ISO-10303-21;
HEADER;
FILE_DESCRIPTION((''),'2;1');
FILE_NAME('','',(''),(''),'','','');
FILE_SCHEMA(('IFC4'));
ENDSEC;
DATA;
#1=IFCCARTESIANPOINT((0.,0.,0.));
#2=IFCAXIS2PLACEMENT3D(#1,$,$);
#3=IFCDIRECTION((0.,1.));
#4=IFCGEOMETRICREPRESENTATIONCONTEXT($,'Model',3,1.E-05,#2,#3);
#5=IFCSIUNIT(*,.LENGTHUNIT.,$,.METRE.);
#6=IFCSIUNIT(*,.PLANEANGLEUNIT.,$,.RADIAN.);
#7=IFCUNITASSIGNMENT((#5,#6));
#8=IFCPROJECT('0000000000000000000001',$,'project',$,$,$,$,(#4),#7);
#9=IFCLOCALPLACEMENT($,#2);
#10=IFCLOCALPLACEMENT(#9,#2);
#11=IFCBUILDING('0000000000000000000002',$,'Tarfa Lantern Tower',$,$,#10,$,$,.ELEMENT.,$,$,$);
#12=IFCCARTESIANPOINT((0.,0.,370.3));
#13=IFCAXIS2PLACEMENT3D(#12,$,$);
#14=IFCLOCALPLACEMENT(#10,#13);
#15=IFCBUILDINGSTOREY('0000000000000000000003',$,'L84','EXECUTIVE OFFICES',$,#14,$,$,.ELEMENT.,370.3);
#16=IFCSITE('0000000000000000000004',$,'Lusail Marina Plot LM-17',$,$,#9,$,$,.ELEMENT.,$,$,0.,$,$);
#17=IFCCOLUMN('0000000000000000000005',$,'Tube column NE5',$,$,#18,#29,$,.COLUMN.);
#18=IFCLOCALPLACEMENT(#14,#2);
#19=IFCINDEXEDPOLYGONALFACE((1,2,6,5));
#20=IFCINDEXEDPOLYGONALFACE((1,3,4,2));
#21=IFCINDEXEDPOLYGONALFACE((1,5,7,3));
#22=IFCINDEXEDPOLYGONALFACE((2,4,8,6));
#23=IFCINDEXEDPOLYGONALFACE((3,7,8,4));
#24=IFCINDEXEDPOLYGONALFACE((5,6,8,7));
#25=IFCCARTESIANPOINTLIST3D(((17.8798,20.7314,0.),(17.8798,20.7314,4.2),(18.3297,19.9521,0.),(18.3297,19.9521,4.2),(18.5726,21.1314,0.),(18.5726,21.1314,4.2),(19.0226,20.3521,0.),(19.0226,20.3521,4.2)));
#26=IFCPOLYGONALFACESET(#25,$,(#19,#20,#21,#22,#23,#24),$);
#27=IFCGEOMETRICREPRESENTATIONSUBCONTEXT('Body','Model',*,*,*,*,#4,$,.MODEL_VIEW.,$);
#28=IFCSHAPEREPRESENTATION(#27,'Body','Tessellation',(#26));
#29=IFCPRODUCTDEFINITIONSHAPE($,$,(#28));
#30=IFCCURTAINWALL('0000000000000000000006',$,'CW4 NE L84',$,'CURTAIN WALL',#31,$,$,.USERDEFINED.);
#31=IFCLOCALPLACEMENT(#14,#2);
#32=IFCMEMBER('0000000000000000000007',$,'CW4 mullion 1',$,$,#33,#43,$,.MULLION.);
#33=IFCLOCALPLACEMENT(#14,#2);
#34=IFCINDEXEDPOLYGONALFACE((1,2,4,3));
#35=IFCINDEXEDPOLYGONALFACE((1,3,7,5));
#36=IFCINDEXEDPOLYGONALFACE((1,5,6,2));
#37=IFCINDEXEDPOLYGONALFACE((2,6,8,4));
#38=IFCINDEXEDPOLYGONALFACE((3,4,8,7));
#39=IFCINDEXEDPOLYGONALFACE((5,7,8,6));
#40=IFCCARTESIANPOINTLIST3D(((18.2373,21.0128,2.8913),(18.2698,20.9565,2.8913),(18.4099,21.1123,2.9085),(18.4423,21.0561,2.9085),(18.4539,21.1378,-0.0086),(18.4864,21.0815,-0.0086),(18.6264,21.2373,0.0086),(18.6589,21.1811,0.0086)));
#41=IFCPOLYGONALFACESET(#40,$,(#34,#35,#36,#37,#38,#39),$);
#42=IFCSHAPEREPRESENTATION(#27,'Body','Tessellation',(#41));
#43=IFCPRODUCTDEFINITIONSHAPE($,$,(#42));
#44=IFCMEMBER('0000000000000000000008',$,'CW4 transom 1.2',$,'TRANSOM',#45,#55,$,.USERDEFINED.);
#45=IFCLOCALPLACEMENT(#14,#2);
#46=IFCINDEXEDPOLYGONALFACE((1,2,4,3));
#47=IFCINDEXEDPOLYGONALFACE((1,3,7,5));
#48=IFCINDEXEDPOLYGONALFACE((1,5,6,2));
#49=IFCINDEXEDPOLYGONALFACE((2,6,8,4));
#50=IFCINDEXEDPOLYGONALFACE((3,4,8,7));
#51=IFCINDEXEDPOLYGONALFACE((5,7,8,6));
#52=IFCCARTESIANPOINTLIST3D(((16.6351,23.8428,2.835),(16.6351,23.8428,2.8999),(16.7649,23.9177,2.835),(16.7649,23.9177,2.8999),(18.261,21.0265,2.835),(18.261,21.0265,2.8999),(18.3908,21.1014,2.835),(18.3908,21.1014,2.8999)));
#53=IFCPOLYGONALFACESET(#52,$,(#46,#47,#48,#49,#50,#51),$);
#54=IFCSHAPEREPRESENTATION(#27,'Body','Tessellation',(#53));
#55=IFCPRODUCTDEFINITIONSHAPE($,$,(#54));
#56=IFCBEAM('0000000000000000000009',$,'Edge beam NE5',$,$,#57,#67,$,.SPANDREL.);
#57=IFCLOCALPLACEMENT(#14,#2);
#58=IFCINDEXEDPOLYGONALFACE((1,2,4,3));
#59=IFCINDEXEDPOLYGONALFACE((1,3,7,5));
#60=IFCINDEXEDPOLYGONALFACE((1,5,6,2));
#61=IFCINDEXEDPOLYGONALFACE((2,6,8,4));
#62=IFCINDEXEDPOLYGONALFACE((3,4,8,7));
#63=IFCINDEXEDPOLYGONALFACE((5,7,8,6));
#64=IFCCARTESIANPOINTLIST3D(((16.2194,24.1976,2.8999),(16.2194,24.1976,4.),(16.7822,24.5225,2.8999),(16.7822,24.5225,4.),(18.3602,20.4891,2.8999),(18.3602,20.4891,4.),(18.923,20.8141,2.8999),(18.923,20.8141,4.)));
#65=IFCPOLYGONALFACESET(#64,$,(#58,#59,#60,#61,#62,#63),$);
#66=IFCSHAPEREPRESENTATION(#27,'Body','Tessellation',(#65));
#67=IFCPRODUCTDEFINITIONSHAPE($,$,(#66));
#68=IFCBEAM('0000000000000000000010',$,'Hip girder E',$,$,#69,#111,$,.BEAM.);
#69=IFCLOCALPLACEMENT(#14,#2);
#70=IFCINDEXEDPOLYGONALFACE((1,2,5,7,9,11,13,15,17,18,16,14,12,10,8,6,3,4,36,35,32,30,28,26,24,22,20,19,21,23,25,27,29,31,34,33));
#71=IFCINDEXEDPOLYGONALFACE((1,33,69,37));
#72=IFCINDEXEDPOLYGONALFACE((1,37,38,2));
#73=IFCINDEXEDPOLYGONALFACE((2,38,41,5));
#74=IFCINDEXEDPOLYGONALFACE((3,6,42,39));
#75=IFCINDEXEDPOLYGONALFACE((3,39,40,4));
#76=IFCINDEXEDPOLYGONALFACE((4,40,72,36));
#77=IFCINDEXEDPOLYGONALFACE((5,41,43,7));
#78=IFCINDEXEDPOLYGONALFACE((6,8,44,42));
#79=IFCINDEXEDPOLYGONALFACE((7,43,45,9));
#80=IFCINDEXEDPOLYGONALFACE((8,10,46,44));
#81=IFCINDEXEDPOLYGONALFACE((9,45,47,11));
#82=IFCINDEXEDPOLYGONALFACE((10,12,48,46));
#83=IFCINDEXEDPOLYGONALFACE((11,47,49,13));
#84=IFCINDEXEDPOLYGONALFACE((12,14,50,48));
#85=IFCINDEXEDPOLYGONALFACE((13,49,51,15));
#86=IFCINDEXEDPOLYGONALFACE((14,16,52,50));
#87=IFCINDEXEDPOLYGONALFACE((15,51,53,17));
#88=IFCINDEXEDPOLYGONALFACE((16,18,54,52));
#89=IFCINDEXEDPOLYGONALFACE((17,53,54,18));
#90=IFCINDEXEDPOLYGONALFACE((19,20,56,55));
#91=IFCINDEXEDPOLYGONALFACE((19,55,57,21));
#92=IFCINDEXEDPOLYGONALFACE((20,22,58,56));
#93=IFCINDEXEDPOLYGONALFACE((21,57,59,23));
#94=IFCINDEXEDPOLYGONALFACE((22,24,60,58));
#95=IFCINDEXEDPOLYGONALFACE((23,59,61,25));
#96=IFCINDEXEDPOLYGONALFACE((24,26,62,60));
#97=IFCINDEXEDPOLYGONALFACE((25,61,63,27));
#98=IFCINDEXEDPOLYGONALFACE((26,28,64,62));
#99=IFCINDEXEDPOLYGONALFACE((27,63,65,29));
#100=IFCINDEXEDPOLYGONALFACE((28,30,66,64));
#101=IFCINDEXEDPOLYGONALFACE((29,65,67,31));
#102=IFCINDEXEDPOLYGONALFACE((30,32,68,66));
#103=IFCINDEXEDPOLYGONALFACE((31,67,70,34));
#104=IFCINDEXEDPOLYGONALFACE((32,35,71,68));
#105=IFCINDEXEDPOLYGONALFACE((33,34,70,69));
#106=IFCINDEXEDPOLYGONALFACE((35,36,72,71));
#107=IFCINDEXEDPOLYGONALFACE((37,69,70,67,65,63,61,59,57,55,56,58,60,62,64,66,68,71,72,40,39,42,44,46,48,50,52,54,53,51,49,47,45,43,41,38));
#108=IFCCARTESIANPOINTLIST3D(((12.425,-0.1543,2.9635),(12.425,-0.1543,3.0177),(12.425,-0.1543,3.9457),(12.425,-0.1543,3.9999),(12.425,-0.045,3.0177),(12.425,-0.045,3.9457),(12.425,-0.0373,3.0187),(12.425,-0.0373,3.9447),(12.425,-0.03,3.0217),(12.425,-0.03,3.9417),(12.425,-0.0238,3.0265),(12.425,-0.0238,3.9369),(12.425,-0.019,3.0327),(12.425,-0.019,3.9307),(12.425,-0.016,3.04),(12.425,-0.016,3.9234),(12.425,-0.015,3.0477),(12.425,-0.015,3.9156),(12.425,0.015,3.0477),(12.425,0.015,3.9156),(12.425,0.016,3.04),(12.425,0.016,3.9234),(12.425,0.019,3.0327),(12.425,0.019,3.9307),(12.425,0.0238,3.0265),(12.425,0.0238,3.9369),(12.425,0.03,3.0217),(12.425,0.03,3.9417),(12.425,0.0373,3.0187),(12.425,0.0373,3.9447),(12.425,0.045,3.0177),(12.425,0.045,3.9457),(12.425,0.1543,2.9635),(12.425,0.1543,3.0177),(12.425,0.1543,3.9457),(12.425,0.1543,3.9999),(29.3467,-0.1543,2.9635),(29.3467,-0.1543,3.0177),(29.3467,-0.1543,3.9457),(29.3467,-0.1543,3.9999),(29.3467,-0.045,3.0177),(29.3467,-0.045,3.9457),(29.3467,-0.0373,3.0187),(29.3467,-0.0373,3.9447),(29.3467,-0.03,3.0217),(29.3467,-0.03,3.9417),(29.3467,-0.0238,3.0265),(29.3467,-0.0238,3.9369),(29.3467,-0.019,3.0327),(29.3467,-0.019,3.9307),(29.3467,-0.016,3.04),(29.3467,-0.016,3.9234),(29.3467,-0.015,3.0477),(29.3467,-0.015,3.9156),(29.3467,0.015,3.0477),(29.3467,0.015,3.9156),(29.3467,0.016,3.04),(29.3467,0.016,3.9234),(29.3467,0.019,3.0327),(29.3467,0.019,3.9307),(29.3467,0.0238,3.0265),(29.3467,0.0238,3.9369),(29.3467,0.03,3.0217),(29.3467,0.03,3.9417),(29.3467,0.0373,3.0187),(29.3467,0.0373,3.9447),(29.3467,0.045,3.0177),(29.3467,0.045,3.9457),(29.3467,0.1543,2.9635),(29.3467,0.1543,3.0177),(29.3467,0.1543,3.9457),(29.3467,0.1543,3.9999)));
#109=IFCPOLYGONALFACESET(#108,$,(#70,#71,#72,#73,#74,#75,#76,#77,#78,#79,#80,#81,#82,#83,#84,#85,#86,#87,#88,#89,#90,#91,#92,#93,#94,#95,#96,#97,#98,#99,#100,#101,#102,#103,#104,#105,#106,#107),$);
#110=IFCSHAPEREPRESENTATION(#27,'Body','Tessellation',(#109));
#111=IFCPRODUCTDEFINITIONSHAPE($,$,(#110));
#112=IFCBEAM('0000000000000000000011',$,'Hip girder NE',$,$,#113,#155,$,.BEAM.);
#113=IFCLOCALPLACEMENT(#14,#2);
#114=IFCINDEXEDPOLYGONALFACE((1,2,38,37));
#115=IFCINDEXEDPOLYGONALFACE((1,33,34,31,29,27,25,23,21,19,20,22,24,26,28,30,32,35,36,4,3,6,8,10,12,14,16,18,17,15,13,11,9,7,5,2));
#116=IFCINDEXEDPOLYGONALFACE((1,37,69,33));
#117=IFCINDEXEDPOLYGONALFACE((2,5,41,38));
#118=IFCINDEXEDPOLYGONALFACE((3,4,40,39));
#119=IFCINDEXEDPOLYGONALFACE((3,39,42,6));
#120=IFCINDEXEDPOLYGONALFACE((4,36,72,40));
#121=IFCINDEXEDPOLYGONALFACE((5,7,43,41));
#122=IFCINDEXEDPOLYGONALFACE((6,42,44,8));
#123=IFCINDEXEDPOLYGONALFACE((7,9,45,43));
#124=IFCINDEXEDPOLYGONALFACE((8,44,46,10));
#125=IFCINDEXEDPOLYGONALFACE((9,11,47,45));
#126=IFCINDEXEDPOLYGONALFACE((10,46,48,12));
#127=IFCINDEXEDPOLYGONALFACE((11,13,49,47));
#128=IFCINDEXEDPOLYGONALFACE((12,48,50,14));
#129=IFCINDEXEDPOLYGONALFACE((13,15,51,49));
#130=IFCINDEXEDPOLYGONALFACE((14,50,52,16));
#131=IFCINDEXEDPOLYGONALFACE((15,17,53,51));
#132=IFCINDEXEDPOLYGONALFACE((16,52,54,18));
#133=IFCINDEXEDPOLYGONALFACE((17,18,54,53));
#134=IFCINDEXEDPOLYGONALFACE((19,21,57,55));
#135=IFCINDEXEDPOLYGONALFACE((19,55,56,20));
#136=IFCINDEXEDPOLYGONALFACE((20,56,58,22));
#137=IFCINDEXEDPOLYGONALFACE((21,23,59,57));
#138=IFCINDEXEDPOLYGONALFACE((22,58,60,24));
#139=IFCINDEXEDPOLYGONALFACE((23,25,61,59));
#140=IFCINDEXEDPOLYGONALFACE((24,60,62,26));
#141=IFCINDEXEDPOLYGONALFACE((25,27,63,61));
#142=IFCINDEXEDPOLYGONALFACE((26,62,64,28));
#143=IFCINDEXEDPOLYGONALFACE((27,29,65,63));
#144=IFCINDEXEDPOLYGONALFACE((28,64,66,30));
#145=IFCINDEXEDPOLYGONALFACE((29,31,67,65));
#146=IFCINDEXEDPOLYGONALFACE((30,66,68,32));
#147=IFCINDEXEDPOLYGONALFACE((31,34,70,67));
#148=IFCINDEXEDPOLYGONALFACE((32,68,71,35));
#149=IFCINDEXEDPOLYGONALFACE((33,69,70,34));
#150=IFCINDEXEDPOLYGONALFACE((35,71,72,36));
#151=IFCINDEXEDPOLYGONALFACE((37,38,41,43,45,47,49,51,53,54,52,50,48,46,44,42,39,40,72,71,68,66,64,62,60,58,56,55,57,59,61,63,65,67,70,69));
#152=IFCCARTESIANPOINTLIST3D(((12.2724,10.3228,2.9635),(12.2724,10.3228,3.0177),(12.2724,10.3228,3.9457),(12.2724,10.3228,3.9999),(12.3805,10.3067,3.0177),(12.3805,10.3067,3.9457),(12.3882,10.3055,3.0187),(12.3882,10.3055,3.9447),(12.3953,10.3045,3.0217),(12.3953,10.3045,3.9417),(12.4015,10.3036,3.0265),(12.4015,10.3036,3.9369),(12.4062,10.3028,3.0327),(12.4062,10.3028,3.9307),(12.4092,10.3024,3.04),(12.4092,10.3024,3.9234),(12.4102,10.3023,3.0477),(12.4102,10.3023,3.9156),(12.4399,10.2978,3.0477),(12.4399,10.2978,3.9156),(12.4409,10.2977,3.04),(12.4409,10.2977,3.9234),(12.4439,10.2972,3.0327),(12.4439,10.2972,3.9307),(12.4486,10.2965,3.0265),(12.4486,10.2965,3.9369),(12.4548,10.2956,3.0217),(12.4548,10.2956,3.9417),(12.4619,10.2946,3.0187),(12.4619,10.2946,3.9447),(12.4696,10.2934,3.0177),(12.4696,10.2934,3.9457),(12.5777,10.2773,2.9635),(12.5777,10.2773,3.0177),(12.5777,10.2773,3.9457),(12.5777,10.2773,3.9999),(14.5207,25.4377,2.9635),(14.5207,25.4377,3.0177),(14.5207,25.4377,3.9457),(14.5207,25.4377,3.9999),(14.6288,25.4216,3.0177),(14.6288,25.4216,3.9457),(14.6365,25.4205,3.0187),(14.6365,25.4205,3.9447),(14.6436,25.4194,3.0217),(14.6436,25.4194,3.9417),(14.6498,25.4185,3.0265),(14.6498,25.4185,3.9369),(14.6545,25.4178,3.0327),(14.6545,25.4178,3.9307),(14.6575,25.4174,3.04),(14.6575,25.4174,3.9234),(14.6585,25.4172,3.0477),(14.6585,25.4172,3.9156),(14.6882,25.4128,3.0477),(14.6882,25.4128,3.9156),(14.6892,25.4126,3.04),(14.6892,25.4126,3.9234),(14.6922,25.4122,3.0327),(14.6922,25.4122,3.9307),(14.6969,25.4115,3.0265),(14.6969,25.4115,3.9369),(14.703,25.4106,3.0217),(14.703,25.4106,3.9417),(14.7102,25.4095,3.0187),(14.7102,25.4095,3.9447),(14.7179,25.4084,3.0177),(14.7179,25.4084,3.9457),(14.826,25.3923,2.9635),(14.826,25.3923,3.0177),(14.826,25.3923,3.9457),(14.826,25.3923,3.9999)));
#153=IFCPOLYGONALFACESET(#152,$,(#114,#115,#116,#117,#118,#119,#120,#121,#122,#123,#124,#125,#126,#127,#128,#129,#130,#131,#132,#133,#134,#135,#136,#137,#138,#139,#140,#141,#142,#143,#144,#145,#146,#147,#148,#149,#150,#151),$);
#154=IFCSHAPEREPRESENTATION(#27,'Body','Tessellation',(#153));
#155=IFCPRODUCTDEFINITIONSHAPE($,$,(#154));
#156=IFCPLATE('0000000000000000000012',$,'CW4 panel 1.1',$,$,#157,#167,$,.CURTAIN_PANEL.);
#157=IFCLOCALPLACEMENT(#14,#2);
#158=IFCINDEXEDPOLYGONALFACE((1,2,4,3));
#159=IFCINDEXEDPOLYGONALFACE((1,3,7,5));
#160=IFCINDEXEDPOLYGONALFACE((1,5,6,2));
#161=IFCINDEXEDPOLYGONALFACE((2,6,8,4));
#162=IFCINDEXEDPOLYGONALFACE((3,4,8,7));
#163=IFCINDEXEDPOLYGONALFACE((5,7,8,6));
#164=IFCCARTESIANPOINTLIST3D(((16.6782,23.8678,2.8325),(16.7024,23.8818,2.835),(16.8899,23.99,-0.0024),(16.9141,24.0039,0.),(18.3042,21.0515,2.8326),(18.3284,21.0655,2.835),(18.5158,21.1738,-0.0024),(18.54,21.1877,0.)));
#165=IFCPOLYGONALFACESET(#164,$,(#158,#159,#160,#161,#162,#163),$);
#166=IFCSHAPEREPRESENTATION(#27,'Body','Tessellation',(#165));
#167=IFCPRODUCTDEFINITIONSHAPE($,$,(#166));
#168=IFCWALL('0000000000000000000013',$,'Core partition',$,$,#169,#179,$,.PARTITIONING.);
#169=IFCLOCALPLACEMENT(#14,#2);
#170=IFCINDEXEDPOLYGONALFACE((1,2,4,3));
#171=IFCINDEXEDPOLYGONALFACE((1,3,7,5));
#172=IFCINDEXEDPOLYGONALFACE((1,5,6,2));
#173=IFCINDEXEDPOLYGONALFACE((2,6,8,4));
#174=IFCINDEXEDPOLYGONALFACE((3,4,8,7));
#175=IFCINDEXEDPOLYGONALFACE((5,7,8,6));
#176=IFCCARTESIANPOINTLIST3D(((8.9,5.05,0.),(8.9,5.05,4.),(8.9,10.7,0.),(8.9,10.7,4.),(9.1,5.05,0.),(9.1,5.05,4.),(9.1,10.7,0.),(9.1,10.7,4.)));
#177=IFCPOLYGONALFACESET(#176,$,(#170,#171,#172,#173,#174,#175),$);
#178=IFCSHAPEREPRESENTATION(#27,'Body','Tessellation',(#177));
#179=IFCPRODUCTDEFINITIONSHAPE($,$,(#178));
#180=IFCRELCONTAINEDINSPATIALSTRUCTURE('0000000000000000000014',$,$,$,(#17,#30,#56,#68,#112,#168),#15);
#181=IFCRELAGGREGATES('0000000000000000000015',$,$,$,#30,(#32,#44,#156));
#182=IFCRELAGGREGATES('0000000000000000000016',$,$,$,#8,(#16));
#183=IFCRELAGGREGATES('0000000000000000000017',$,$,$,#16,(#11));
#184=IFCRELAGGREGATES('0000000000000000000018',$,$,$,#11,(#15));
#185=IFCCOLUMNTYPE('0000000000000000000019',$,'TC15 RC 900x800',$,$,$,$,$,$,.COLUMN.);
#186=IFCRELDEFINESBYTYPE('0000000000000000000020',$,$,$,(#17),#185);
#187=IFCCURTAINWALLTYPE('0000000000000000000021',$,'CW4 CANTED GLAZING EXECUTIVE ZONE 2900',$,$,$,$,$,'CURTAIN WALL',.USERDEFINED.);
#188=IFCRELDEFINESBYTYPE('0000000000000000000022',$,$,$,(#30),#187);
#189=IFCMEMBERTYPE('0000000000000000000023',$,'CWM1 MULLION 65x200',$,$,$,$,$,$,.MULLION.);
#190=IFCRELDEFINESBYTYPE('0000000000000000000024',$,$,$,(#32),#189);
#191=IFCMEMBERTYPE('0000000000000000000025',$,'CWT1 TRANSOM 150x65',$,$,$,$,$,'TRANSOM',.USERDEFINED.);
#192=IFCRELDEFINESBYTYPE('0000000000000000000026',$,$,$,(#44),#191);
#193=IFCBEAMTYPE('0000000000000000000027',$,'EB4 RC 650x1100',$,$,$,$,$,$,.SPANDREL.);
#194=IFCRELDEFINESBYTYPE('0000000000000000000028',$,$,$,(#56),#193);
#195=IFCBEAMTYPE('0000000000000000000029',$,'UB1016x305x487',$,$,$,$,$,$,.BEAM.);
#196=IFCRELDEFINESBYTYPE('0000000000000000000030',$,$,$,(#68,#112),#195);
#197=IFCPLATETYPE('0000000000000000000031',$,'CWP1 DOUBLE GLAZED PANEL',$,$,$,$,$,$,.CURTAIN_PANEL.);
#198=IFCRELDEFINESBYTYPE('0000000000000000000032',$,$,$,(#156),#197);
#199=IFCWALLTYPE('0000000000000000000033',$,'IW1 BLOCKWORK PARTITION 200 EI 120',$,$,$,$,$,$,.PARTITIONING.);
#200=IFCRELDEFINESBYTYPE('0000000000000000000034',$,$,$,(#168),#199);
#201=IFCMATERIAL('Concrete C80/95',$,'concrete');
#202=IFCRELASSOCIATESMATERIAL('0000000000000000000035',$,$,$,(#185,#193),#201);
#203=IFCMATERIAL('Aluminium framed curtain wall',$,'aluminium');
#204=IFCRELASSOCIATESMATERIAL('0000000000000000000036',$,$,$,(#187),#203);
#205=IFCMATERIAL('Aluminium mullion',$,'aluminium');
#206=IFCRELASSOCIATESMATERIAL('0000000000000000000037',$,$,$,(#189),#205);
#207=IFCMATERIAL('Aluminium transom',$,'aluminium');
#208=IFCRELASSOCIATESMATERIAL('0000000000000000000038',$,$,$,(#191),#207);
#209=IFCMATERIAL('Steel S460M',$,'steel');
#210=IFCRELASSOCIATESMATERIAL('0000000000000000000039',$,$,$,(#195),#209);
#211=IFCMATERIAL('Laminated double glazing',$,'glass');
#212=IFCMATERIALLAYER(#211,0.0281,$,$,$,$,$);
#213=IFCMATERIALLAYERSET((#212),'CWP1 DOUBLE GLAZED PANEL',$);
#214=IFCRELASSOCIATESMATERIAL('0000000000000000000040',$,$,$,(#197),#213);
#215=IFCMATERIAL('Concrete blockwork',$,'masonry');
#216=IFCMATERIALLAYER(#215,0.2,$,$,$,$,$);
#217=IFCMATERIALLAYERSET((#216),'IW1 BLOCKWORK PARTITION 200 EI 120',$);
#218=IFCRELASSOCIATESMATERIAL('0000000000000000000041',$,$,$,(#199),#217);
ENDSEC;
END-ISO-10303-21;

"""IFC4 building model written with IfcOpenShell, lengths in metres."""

from ifc_helpers import new_model, si_unit, direction, frame, frame_2d, origin, origin_2d, place, context, subcontext, project, spatial, polyline, rectangle, i_section, outline, extrude, material, layer, layer_set, material_profile, profile_set, type_object, element, aggregate, save


model = new_model("IFC4")

# Units and contexts
model_context = context("Model", 3, precision=1e-05, world=origin(), true_north=direction((0.0, 1.0)))
body_context = subcontext(model_context, "Body", "Model", "MODEL_VIEW")
ifc_project = project(units=[si_unit("LENGTHUNIT", "METRE"), si_unit("PLANEANGLEUNIT", "RADIAN")], contexts=[model_context])

# Site, building, storey
site_placement = place(None, origin())
site = spatial("IfcSite", under=ifc_project, at=site_placement, Name="Lusail Marina Plot LM-17", CompositionType="ELEMENT", RefElevation=0.0)
building_placement = place(site_placement, origin())
building = spatial("IfcBuilding", under=site, at=building_placement, Name="Tarfa Lantern Tower", CompositionType="ELEMENT")
storey_placement = place(building_placement, frame((0.0, 0.0, 370.3)))
storey = spatial("IfcBuildingStorey", under=building, at=storey_placement, Name="L84", Description="EXECUTIVE OFFICES", CompositionType="ELEMENT", Elevation=370.3)

# Column
ifc_material_1 = material(Name="Concrete C80/95", Category="concrete")
ifc_material_profile_1 = material_profile(ifc_material_1, rectangle(XDim=0.8999, YDim=0.8, at=origin_2d()), Name="RC 900x800")
ifc_profile_set_1 = profile_set([ifc_material_profile_1], Name="Concrete C80/95")
column_type = type_object("IfcColumnType", Name="TC15 RC 900x800", PredefinedType="COLUMN", material=ifc_profile_set_1)
column_placement = place(storey_placement, frame((18.4512, 20.5417, 0.0), z_axis=(0.0, 0.0, 1.0), x_axis=(-0.5, 0.866025, 0.0)))
element("IfcColumn", 1, at=column_placement, inside=storey, type_object=column_type, Name="Tube column NE5", PredefinedType="COLUMN", context=body_context, shape_type="SweptSolid", body=[
    extrude(rectangle(XDim=0.8999, YDim=0.8, at=origin_2d()), origin(), (0.0, 0.0, 1.0), 4.2),
])

# Curtain wall, members
ifc_material_2 = material(Name="Aluminium framed curtain wall", Category="aluminium")
curtain_wall_type = type_object("IfcCurtainWallType", Name="CW4 CANTED GLAZING EXECUTIVE ZONE 2900", ElementType="CURTAIN WALL", PredefinedType="USERDEFINED", material=ifc_material_2)
curtain_wall_placement = place(storey_placement, origin())
curtain_wall = element("IfcCurtainWall", 2, at=curtain_wall_placement, inside=storey, type_object=curtain_wall_type, Name="CW4 NE L84", ObjectType="CURTAIN WALL", PredefinedType="USERDEFINED")
ifc_material_3 = material(Name="Aluminium mullion", Category="aluminium")
ifc_material_profile_2 = material_profile(ifc_material_3, rectangle(XDim=0.0649, YDim=0.2, at=origin_2d()), Name="AL MULLION 65x200")
ifc_profile_set_2 = profile_set([ifc_material_profile_2], Name="Aluminium mullion")
member_type_1 = type_object("IfcMemberType", Name="CWM1 MULLION 65x200", PredefinedType="MULLION", material=ifc_profile_set_2)
member_1_placement = place(storey_placement, frame((18.5564, 21.1594, 0.0), z_axis=(-0.0744, -0.042946, 0.996303), x_axis=(0.49992, -0.866072, 0.0)))
member_1 = element("IfcMember", 3, at=member_1_placement, type_object=member_type_1, Name="CW4 mullion 1", PredefinedType="MULLION", context=body_context, shape_type="SweptSolid", body=[
    extrude(rectangle(XDim=0.0649, YDim=0.2, at=origin_2d()), origin(), (0.0, 0.0, 1.0), 2.9106),
])
ifc_material_4 = material(Name="Aluminium transom", Category="aluminium")
ifc_material_profile_3 = material_profile(ifc_material_4, rectangle(XDim=0.1499, YDim=0.0649, at=origin_2d()), Name="AL TRANSOM 150x65")
ifc_profile_set_3 = profile_set([ifc_material_profile_3], Name="Aluminium transom")
member_type_2 = type_object("IfcMemberType", Name="CWT1 TRANSOM 150x65", ElementType="TRANSOM", PredefinedType="USERDEFINED", material=ifc_profile_set_3)
member_2_placement = place(storey_placement, frame((18.3259, 21.064, 2.8674), z_axis=(-0.499982, 0.866036, 0.0), x_axis=(-0.866036, -0.499982, 0.0)))
member_2 = element("IfcMember", 4, at=member_2_placement, type_object=member_type_2, Name="CW4 transom 1.2", ObjectType="TRANSOM", PredefinedType="USERDEFINED", context=body_context, shape_type="SweptSolid", body=[
    extrude(rectangle(XDim=0.1499, YDim=0.0649, at=origin_2d()), origin(), (0.0, 0.0, 1.0), 3.252),
])

# Beams
ifc_material_profile_4 = material_profile(ifc_material_1, rectangle(XDim=0.6499, YDim=1.1001, at=origin_2d()), Name="RC 650x1100")
ifc_profile_set_4 = profile_set([ifc_material_profile_4], Name="Concrete C80/95")
beam_type_1 = type_object("IfcBeamType", Name="EB4 RC 650x1100", PredefinedType="SPANDREL", material=ifc_profile_set_4)
beam_1_placement = place(storey_placement, frame((18.6416, 20.6516, 3.45), z_axis=(-0.499959, 0.866049, 0.0), x_axis=(-0.866049, -0.499959, 0.0)))
element("IfcBeam", 5, at=beam_1_placement, inside=storey, type_object=beam_type_1, Name="Edge beam NE5", PredefinedType="SPANDREL", context=body_context, shape_type="SweptSolid", body=[
    extrude(rectangle(XDim=0.6499, YDim=1.1001, at=origin_2d()), origin(), (0.0, 0.0, 1.0), 4.282),
])
ifc_material_5 = material(Name="Steel S460M", Category="steel")
ifc_material_profile_5 = material_profile(ifc_material_5, i_section(OverallWidth=0.3086, OverallDepth=1.0364, WebThickness=0.03, FlangeThickness=0.0542, FilletRadius=0.03, at=origin_2d()), Name="UB1016x305x487")
ifc_profile_set_5 = profile_set([ifc_material_profile_5], Name="Steel S460M")
beam_type_2 = type_object("IfcBeamType", Name="UB1016x305x487", PredefinedType="BEAM", material=ifc_profile_set_5)
beam_2_placement = place(storey_placement, frame((12.425, 0.0, 3.4817), z_axis=(1.0, 0.0, 0.0), x_axis=(0.0, 1.0, 0.0)))
element("IfcBeam", 6, at=beam_2_placement, inside=storey, type_object=beam_type_2, Name="Hip girder E", PredefinedType="BEAM", context=body_context, shape_type="SweptSolid", body=[
    extrude(i_section(OverallWidth=0.3086, OverallDepth=1.0364, WebThickness=0.03, FlangeThickness=0.0542, FilletRadius=0.03, at=origin_2d()), origin(), (0.0, 0.0, 1.0), 16.9216),
])
beam_3_placement = place(storey_placement, frame((12.425, 10.3, 3.4817), z_axis=(0.147127, 0.989118, 0.0), x_axis=(-0.989118, 0.147127, 0.0)))
element("IfcBeam", 7, at=beam_3_placement, inside=storey, type_object=beam_type_2, Name="Hip girder NE", PredefinedType="BEAM", context=body_context, shape_type="SweptSolid", body=[
    extrude(i_section(OverallWidth=0.3086, OverallDepth=1.0364, WebThickness=0.03, FlangeThickness=0.0542, FilletRadius=0.03, at=origin_2d()), origin(), (0.0, 0.0, 1.0), 15.2812),
])

# Plate
ifc_material_6 = material(Name="Laminated double glazing", Category="glass")
ifc_layer_1 = layer(ifc_material_6, 0.0281)
ifc_layer_set_1 = layer_set([ifc_layer_1], Name="CWP1 DOUBLE GLAZED PANEL")
plate_type = type_object("IfcPlateType", Name="CWP1 DOUBLE GLAZED PANEL", PredefinedType="CURTAIN_PANEL", material=ifc_layer_set_1)
plate_placement = place(storey_placement, frame((18.54, 21.1877, 0.0), z_axis=(0.862826, 0.498151, 0.085893), x_axis=(-0.499999, 0.866026, 0.000002)))
plate = element("IfcPlate", 8, at=plate_placement, type_object=plate_type, Name="CW4 panel 1.1", PredefinedType="CURTAIN_PANEL", context=body_context, shape_type="SweptSolid", body=[
    extrude(outline(polyline([(0.0, 0.0), (3.2519, 0.0), (3.252, 2.8455), (-0.0001, 2.8455), (0.0, 0.0)])), origin(), (0.0, 0.0, -1.0), 0.0281),
])
aggregate(curtain_wall, [member_1, member_2, plate])

# Wall
ifc_material_7 = material(Name="Concrete blockwork", Category="masonry")
ifc_layer_2 = layer(ifc_material_7, 0.2)
ifc_layer_set_2 = layer_set([ifc_layer_2], Name="IW1 BLOCKWORK PARTITION 200 EI 120")
wall_type_1 = type_object("IfcWallType", Name="IW1 BLOCKWORK PARTITION 200 EI 120", PredefinedType="PARTITIONING", material=ifc_layer_set_2)
for number, where, z_axis, x_axis, name in (
    (9, (9.0, 5.05, 0.0), (0.0, 0.0, 1.0), (0.0, 1.0, 0.0), "Core partition"),
):
    element("IfcWall", number, at=place(storey_placement, frame(where, z_axis=z_axis, x_axis=x_axis)), inside=storey, type_object=wall_type_1, Name=name, PredefinedType="PARTITIONING", context=body_context, shape_type="SweptSolid", body=[
        extrude(rectangle(XDim=5.6499, YDim=0.2, at=frame_2d((2.825, 0.0))), origin(), (0.0, 0.0, 1.0), 4.0),
    ])

save(model, "model.ifc")
